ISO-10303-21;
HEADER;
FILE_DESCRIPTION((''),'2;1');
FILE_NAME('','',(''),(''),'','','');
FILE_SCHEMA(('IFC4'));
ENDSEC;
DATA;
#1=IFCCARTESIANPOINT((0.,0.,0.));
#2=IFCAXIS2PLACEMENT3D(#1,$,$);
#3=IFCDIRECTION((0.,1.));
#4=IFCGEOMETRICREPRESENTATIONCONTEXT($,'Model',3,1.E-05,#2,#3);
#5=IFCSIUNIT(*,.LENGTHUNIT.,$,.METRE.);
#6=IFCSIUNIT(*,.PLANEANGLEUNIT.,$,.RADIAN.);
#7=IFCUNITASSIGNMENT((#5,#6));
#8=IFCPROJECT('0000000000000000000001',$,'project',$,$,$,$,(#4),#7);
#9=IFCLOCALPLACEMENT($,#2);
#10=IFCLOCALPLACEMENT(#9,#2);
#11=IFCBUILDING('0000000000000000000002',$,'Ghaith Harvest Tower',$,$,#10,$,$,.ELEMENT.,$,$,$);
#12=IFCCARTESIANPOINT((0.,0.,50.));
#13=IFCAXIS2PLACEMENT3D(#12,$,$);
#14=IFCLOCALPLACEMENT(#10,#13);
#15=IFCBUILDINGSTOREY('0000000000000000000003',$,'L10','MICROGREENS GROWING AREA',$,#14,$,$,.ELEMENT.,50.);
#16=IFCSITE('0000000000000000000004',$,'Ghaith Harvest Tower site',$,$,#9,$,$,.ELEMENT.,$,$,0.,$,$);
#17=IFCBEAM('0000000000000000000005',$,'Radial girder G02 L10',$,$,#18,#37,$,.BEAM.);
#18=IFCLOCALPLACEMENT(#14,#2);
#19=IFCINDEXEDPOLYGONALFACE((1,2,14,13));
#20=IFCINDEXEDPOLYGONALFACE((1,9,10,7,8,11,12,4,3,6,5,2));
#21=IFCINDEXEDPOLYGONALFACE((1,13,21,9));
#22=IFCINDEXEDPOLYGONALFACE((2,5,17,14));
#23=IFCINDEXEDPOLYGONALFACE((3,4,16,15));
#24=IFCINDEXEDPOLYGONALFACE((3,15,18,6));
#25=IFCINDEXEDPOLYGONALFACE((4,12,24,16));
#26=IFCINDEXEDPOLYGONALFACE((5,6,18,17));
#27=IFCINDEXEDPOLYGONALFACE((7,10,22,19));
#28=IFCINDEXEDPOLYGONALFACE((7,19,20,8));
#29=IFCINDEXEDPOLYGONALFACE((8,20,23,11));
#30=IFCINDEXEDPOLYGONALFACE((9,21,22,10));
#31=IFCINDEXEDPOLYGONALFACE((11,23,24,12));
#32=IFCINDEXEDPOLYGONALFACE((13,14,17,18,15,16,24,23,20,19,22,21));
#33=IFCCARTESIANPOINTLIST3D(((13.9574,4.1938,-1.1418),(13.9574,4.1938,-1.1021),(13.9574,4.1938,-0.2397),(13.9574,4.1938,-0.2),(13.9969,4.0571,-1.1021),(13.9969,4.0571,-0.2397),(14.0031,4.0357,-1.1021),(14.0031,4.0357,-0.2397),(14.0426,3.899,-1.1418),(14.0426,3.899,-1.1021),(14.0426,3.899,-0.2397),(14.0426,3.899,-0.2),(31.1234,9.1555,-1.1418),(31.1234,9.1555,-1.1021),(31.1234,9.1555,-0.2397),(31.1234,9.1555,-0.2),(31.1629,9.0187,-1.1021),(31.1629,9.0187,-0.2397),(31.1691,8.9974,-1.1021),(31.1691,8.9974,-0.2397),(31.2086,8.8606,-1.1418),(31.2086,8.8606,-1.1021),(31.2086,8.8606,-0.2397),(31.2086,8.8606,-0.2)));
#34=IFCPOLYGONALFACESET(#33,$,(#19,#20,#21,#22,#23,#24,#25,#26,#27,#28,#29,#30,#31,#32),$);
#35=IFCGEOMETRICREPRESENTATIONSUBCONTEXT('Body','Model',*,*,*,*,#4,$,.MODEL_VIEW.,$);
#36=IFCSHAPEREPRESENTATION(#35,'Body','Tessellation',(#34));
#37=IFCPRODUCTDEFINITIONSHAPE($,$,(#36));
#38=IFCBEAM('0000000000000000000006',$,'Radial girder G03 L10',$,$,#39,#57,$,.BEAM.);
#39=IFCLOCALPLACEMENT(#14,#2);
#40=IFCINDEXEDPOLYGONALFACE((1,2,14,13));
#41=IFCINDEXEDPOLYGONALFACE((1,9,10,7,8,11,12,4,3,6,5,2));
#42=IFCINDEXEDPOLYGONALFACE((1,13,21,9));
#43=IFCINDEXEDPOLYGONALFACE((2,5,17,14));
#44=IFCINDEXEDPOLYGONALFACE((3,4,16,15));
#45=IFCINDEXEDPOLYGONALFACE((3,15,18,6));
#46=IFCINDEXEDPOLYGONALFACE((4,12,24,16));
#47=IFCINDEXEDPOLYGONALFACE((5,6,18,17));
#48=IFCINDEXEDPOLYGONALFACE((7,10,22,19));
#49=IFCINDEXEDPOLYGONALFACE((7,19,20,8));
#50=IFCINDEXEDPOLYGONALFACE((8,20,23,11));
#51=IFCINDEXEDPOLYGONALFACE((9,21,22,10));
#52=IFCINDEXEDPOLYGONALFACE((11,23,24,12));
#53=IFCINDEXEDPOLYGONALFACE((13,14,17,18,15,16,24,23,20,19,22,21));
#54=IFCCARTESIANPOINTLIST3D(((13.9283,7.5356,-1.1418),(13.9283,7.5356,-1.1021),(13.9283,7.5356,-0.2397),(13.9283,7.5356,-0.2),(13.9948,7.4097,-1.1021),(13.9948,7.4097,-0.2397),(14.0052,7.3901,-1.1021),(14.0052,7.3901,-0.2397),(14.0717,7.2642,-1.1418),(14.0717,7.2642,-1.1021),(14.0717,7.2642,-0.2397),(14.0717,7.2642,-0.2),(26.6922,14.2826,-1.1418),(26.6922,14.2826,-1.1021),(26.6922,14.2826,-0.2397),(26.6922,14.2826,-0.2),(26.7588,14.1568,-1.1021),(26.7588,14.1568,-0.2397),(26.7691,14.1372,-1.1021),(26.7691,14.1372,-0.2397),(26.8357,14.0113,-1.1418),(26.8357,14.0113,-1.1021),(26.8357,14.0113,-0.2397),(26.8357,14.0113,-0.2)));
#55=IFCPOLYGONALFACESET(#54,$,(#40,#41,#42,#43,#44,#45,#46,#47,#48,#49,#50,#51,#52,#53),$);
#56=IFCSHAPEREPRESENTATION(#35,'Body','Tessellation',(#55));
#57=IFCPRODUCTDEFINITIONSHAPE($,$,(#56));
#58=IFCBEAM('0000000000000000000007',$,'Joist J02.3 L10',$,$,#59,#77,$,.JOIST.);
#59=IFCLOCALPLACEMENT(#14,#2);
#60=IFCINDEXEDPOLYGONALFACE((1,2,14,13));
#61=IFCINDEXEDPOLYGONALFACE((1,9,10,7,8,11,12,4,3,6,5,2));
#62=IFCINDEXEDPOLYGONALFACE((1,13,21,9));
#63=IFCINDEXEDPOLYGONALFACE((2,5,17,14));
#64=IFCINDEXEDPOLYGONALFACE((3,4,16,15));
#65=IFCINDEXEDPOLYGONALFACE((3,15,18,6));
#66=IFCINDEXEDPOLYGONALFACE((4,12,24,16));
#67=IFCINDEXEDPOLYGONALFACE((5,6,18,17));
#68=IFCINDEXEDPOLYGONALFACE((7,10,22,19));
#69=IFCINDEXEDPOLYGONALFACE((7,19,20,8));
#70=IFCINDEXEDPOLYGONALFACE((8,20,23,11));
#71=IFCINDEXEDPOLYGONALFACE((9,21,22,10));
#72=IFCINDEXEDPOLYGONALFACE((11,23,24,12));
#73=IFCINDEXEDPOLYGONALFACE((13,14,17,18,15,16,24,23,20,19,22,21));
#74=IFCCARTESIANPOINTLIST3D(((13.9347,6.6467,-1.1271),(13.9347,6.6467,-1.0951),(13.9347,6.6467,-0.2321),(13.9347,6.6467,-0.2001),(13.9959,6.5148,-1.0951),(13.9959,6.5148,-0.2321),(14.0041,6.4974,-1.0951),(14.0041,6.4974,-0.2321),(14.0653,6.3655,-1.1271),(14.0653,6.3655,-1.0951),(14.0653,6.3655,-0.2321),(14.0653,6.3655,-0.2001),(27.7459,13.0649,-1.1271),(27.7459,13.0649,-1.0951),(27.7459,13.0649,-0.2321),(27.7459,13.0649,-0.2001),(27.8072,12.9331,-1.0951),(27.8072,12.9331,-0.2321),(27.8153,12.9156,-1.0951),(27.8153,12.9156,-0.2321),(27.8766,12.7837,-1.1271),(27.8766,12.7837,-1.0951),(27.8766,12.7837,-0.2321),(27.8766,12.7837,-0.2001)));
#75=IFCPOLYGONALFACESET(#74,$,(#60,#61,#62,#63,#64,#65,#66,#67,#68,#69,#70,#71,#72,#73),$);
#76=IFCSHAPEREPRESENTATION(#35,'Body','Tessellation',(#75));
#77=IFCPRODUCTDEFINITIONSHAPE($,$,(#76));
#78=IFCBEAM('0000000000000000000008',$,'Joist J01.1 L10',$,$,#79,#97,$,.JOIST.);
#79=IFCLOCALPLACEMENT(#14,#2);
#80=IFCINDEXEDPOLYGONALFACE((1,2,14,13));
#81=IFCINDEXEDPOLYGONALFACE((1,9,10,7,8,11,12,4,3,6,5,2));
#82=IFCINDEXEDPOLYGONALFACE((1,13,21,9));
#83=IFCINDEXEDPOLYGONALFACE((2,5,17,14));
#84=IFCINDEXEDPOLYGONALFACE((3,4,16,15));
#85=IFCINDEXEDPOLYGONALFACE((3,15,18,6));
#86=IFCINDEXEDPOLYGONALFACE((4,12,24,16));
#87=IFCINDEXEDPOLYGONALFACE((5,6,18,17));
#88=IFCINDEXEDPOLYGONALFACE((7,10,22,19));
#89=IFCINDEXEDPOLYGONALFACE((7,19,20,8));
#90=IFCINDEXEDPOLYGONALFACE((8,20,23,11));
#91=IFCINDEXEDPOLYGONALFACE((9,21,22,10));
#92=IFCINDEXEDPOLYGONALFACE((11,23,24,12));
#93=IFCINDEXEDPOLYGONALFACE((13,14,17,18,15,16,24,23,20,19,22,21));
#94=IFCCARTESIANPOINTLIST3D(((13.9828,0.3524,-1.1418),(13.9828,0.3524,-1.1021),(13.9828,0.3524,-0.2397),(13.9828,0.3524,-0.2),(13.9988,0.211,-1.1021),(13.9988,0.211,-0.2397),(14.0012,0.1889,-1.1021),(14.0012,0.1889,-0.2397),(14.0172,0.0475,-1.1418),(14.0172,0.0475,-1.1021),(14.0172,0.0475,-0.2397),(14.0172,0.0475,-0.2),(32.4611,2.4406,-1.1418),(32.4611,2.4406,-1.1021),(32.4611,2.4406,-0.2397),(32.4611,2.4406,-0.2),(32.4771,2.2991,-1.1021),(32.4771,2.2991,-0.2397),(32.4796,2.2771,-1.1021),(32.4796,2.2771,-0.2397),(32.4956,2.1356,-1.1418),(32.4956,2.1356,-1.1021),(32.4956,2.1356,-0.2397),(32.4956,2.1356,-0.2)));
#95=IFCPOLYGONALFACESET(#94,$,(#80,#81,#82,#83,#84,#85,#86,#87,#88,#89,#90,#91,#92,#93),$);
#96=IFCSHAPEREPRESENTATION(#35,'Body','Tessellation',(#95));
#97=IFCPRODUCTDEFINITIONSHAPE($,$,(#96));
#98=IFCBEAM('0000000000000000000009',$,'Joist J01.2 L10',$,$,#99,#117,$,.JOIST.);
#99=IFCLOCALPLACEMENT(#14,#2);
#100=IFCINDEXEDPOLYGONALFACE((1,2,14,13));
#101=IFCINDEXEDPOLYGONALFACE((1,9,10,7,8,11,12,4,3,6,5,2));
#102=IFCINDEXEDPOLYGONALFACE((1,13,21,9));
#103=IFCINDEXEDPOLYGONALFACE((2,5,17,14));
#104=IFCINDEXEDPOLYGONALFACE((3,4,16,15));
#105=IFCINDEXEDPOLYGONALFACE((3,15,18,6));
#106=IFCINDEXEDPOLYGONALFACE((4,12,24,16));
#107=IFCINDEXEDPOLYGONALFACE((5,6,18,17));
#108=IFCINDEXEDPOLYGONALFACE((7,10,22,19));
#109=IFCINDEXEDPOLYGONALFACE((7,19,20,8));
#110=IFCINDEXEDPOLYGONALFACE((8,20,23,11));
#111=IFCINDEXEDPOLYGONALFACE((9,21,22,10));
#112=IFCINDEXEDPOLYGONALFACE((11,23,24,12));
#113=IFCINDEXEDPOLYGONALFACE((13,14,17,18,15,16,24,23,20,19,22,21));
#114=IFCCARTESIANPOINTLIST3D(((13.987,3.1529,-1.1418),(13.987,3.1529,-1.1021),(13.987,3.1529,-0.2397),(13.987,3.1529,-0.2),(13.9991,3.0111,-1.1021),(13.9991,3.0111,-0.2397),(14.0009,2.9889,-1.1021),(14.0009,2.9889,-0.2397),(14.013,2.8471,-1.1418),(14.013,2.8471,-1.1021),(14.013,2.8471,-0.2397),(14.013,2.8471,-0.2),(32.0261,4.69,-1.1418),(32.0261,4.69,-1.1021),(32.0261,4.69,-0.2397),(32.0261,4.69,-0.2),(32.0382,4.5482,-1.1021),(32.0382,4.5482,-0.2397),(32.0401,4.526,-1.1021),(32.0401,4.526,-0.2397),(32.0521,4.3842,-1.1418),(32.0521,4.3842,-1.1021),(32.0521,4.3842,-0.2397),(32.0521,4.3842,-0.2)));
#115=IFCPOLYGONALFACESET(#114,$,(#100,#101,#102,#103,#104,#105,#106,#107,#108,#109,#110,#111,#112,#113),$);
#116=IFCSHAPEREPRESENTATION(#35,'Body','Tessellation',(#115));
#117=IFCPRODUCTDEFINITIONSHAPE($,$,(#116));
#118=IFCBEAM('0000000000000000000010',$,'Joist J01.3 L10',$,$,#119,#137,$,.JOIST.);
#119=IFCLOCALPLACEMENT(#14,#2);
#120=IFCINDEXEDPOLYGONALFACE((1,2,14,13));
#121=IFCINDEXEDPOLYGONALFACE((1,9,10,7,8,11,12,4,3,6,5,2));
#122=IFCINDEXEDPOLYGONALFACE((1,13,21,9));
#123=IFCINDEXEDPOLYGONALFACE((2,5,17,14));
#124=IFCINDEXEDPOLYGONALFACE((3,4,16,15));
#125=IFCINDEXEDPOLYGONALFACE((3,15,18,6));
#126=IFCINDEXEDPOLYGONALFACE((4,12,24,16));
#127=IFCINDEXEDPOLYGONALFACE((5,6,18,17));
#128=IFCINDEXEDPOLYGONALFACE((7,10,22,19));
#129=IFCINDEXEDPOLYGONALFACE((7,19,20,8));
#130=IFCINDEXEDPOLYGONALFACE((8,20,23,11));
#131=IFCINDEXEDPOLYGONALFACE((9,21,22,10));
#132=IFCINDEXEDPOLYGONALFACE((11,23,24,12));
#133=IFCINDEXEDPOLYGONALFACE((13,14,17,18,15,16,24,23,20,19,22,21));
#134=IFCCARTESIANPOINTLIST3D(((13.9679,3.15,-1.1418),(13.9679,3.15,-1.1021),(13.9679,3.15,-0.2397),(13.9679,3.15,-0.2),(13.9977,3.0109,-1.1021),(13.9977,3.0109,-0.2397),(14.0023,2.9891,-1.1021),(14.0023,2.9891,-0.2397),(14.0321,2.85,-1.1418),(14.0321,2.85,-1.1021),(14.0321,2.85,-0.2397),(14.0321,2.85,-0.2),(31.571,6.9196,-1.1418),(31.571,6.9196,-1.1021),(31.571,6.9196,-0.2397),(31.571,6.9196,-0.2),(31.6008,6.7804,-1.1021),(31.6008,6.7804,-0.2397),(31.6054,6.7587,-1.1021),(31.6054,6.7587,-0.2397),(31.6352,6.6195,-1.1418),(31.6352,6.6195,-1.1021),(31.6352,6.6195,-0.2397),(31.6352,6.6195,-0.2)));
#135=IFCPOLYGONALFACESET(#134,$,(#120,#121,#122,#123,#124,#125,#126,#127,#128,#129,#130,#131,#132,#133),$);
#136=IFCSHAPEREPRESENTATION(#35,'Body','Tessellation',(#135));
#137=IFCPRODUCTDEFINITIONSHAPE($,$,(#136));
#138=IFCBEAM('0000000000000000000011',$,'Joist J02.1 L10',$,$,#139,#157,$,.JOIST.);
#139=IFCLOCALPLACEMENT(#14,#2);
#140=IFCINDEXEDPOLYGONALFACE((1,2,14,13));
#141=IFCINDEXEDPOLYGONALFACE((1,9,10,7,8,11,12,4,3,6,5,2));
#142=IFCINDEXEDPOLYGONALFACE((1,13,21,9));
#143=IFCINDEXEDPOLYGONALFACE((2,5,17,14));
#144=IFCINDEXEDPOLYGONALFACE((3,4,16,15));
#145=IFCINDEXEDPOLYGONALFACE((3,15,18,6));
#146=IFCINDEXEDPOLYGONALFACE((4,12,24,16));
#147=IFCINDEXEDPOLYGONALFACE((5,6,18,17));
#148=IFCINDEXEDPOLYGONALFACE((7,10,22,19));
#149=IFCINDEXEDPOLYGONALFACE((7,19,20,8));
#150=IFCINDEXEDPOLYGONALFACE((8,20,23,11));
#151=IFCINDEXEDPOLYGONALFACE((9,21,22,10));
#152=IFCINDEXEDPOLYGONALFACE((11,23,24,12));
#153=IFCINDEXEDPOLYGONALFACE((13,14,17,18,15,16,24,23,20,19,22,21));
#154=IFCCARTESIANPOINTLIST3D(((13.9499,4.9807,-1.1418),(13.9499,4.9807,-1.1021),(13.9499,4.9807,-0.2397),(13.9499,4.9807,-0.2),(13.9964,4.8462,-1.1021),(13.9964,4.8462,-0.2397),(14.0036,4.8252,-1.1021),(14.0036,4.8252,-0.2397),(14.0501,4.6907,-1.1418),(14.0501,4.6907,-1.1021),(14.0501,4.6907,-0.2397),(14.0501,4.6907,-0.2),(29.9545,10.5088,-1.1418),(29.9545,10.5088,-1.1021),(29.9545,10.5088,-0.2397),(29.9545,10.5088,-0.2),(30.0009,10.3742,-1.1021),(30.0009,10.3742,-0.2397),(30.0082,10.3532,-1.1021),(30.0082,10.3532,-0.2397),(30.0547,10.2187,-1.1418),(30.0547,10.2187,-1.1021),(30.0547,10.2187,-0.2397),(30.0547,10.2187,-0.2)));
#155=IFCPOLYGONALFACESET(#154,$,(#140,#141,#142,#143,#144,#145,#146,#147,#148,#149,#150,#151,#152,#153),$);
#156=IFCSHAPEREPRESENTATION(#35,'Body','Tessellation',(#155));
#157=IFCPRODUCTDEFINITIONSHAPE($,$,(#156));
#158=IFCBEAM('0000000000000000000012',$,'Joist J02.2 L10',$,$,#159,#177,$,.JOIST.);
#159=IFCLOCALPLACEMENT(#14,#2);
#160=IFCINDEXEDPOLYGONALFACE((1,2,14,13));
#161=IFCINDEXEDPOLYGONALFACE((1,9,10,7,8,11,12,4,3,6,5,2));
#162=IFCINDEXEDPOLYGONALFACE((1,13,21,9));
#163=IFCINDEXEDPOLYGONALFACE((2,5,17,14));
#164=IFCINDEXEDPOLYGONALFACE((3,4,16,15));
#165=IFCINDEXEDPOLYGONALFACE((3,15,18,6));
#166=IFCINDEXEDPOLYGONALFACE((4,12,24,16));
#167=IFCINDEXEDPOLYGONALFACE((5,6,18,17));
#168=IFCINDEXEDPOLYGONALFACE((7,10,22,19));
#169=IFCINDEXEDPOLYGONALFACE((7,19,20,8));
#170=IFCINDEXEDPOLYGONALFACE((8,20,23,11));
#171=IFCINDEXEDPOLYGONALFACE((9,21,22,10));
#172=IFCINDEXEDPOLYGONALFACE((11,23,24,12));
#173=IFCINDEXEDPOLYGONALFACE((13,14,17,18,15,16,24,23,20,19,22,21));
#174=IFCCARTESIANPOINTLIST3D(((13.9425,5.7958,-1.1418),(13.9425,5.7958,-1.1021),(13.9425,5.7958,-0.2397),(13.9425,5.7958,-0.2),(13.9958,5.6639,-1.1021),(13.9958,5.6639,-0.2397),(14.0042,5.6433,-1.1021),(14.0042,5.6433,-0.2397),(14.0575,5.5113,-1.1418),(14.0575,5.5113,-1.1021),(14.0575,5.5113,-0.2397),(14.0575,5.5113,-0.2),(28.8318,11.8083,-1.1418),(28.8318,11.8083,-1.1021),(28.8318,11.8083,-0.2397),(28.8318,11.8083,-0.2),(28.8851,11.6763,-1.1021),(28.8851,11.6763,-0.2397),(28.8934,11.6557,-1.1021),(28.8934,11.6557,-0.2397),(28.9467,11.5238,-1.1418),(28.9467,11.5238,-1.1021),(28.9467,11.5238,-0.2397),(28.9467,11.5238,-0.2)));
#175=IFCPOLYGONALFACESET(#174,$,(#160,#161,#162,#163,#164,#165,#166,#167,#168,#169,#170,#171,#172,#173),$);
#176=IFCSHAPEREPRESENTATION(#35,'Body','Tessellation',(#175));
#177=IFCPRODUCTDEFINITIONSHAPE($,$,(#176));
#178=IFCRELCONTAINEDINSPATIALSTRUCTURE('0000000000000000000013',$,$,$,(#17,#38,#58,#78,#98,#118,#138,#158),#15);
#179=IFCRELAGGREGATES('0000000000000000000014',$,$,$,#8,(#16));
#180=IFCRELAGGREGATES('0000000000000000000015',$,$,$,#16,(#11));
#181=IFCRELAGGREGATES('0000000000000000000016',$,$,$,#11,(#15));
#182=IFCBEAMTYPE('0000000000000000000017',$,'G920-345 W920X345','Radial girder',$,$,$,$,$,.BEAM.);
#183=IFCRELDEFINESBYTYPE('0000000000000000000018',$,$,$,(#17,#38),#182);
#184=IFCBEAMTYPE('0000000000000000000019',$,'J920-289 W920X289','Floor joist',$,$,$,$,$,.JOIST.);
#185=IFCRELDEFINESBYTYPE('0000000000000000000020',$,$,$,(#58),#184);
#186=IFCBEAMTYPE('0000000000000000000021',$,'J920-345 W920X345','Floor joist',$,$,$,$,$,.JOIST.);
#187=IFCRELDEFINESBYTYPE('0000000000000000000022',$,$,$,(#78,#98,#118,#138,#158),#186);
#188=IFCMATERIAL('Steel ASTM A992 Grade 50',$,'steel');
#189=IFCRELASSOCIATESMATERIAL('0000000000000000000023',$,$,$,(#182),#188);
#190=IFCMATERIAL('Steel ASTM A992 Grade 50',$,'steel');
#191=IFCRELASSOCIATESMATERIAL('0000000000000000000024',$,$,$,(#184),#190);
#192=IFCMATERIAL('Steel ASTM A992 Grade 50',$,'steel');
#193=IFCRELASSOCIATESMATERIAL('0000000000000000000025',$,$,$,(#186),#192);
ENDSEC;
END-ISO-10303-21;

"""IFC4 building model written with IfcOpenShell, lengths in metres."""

from ifc_helpers import new_model, si_unit, direction, frame, origin, origin_2d, place, context, subcontext, project, spatial, i_section, extrude, material, material_profile, profile_set, type_object, element, save


model = new_model("IFC4")

# Units and contexts
model_context = context("Model", 3, precision=1e-05, world=origin(), true_north=direction((0.0, 1.0)))
body_context = subcontext(model_context, "Body", "Model", "MODEL_VIEW")
ifc_project = project(units=[si_unit("LENGTHUNIT", "METRE"), si_unit("PLANEANGLEUNIT", "RADIAN")], contexts=[model_context])

# Site, building, storey
site_placement = place(None, origin())
site = spatial("IfcSite", under=ifc_project, at=site_placement, Name="Ghaith Harvest Tower site", CompositionType="ELEMENT", RefElevation=0.0)
building_placement = place(site_placement, origin())
building = spatial("IfcBuilding", under=site, at=building_placement, Name="Ghaith Harvest Tower", CompositionType="ELEMENT")
storey_placement = place(building_placement, frame((0.0, 0.0, 50.0)))
storey = spatial("IfcBuildingStorey", under=building, at=storey_placement, Name="L10", Description="MICROGREENS GROWING AREA", CompositionType="ELEMENT", Elevation=50.0)

# Beams
ifc_material_1 = material(Name="Steel ASTM A992 Grade 50", Category="steel")
ifc_material_profile_1 = material_profile(ifc_material_1, i_section(OverallWidth=0.3069, OverallDepth=0.9419, WebThickness=0.0222, FlangeThickness=0.0398, at=origin_2d()), Name="W920X345")
ifc_profile_set_1 = profile_set([ifc_material_profile_1], Name="Steel ASTM A992 Grade 50")
beam_type_1 = type_object("IfcBeamType", Name="G920-345 W920X345", Description="Radial girder", PredefinedType="BEAM", material=ifc_profile_set_1)
beam_1_placement = place(storey_placement, frame((14.0, 4.0464, -0.6709), z_axis=(0.960675, 0.277674, 0.0), x_axis=(-0.277674, 0.960675, 0.0)))
element("IfcBeam", 1, at=beam_1_placement, inside=storey, type_object=beam_type_1, Name="Radial girder G02 L10", PredefinedType="BEAM", context=body_context, shape_type="SweptSolid", body=[
    extrude(i_section(OverallWidth=0.3069, OverallDepth=0.9419, WebThickness=0.0222, FlangeThickness=0.0398, at=origin_2d()), origin(), (0.0, 0.0, 1.0), 17.8687),
])
beam_2_placement = place(storey_placement, frame((14.0, 7.3999, -0.6709), z_axis=(0.884083, 0.467331, 0.0), x_axis=(-0.467331, 0.884083, 0.0)))
element("IfcBeam", 2, at=beam_2_placement, inside=storey, type_object=beam_type_1, Name="Radial girder G03 L10", PredefinedType="BEAM", context=body_context, shape_type="SweptSolid", body=[
    extrude(i_section(OverallWidth=0.3069, OverallDepth=0.9419, WebThickness=0.0222, FlangeThickness=0.0398, at=origin_2d()), origin(), (0.0, 0.0, 1.0), 14.4375),
])
ifc_material_2 = material(Name="Steel ASTM A992 Grade 50", Category="steel")
ifc_material_profile_2 = material_profile(ifc_material_2, i_section(OverallWidth=0.3101, OverallDepth=0.927, WebThickness=0.0193, FlangeThickness=0.032, at=origin_2d()), Name="W920X289")
ifc_profile_set_2 = profile_set([ifc_material_profile_2], Name="Steel ASTM A992 Grade 50")
beam_type_2 = type_object("IfcBeamType", Name="J920-289 W920X289", Description="Floor joist", PredefinedType="JOIST", material=ifc_profile_set_2)
beam_3_placement = place(storey_placement, frame((14.0, 6.5061, -0.6636), z_axis=(0.906863, 0.421426, 0.0), x_axis=(-0.421426, 0.906863, 0.0)))
element("IfcBeam", 3, at=beam_3_placement, inside=storey, type_object=beam_type_2, Name="Joist J02.3 L10", PredefinedType="JOIST", context=body_context, shape_type="SweptSolid", body=[
    extrude(i_section(OverallWidth=0.3101, OverallDepth=0.927, WebThickness=0.0193, FlangeThickness=0.032, at=origin_2d()), origin(), (0.0, 0.0, 1.0), 15.2297),
])
ifc_material_3 = material(Name="Steel ASTM A992 Grade 50", Category="steel")
ifc_material_profile_3 = material_profile(ifc_material_3, i_section(OverallWidth=0.3069, OverallDepth=0.9419, WebThickness=0.0222, FlangeThickness=0.0398, at=origin_2d()), Name="W920X345")
ifc_profile_set_3 = profile_set([ifc_material_profile_3], Name="Steel ASTM A992 Grade 50")
beam_type_3 = type_object("IfcBeamType", Name="J920-345 W920X345", Description="Floor joist", PredefinedType="JOIST", material=ifc_profile_set_3)
beam_4_placement = place(storey_placement, frame((14.0, 0.2, -0.6709), z_axis=(0.993675, 0.11229, 0.0), x_axis=(-0.11229, 0.993675, 0.0)))
element("IfcBeam", 4, at=beam_4_placement, inside=storey, type_object=beam_type_3, Name="Joist J01.1 L10", PredefinedType="JOIST", context=body_context, shape_type="SweptSolid", body=[
    extrude(i_section(OverallWidth=0.3069, OverallDepth=0.9419, WebThickness=0.0222, FlangeThickness=0.0398, at=origin_2d()), origin(), (0.0, 0.0, 1.0), 18.5959),
])
beam_5_placement = place(storey_placement, frame((14.0, 3.0, -0.6709), z_axis=(0.996389, 0.084902, 0.0), x_axis=(-0.084902, 0.996389, 0.0)))
element("IfcBeam", 5, at=beam_5_placement, inside=storey, type_object=beam_type_3, Name="Joist J01.2 L10", PredefinedType="JOIST", context=body_context, shape_type="SweptSolid", body=[
    extrude(i_section(OverallWidth=0.3069, OverallDepth=0.9419, WebThickness=0.0222, FlangeThickness=0.0398, at=origin_2d()), origin(), (0.0, 0.0, 1.0), 18.1045),
])
beam_6_placement = place(storey_placement, frame((14.0, 3.0, -0.6709), z_axis=(0.977831, 0.209394, 0.0), x_axis=(-0.209394, 0.977831, 0.0)))
element("IfcBeam", 6, at=beam_6_placement, inside=storey, type_object=beam_type_3, Name="Joist J01.3 L10", PredefinedType="JOIST", context=body_context, shape_type="SweptSolid", body=[
    extrude(i_section(OverallWidth=0.3069, OverallDepth=0.9419, WebThickness=0.0222, FlangeThickness=0.0398, at=origin_2d()), origin(), (0.0, 0.0, 1.0), 18.0022),
])
beam_7_placement = place(storey_placement, frame((14.0, 4.8357, -0.6709), z_axis=(0.945205, 0.326478, 0.0), x_axis=(-0.326478, 0.945205, 0.0)))
element("IfcBeam", 7, at=beam_7_placement, inside=storey, type_object=beam_type_3, Name="Joist J02.1 L10", PredefinedType="JOIST", context=body_context, shape_type="SweptSolid", body=[
    extrude(i_section(OverallWidth=0.3069, OverallDepth=0.9419, WebThickness=0.0222, FlangeThickness=0.0398, at=origin_2d()), origin(), (0.0, 0.0, 1.0), 16.9324),
])
beam_8_placement = place(storey_placement, frame((14.0, 5.6536, -0.6709), z_axis=(0.927252, 0.374437, 0.0), x_axis=(-0.374437, 0.927252, 0.0)))
element("IfcBeam", 8, at=beam_8_placement, inside=storey, type_object=beam_type_3, Name="Joist J02.2 L10", PredefinedType="JOIST", context=body_context, shape_type="SweptSolid", body=[
    extrude(i_section(OverallWidth=0.3069, OverallDepth=0.9419, WebThickness=0.0222, FlangeThickness=0.0398, at=origin_2d()), origin(), (0.0, 0.0, 1.0), 16.0574),
])

save(model, "model.ifc")
